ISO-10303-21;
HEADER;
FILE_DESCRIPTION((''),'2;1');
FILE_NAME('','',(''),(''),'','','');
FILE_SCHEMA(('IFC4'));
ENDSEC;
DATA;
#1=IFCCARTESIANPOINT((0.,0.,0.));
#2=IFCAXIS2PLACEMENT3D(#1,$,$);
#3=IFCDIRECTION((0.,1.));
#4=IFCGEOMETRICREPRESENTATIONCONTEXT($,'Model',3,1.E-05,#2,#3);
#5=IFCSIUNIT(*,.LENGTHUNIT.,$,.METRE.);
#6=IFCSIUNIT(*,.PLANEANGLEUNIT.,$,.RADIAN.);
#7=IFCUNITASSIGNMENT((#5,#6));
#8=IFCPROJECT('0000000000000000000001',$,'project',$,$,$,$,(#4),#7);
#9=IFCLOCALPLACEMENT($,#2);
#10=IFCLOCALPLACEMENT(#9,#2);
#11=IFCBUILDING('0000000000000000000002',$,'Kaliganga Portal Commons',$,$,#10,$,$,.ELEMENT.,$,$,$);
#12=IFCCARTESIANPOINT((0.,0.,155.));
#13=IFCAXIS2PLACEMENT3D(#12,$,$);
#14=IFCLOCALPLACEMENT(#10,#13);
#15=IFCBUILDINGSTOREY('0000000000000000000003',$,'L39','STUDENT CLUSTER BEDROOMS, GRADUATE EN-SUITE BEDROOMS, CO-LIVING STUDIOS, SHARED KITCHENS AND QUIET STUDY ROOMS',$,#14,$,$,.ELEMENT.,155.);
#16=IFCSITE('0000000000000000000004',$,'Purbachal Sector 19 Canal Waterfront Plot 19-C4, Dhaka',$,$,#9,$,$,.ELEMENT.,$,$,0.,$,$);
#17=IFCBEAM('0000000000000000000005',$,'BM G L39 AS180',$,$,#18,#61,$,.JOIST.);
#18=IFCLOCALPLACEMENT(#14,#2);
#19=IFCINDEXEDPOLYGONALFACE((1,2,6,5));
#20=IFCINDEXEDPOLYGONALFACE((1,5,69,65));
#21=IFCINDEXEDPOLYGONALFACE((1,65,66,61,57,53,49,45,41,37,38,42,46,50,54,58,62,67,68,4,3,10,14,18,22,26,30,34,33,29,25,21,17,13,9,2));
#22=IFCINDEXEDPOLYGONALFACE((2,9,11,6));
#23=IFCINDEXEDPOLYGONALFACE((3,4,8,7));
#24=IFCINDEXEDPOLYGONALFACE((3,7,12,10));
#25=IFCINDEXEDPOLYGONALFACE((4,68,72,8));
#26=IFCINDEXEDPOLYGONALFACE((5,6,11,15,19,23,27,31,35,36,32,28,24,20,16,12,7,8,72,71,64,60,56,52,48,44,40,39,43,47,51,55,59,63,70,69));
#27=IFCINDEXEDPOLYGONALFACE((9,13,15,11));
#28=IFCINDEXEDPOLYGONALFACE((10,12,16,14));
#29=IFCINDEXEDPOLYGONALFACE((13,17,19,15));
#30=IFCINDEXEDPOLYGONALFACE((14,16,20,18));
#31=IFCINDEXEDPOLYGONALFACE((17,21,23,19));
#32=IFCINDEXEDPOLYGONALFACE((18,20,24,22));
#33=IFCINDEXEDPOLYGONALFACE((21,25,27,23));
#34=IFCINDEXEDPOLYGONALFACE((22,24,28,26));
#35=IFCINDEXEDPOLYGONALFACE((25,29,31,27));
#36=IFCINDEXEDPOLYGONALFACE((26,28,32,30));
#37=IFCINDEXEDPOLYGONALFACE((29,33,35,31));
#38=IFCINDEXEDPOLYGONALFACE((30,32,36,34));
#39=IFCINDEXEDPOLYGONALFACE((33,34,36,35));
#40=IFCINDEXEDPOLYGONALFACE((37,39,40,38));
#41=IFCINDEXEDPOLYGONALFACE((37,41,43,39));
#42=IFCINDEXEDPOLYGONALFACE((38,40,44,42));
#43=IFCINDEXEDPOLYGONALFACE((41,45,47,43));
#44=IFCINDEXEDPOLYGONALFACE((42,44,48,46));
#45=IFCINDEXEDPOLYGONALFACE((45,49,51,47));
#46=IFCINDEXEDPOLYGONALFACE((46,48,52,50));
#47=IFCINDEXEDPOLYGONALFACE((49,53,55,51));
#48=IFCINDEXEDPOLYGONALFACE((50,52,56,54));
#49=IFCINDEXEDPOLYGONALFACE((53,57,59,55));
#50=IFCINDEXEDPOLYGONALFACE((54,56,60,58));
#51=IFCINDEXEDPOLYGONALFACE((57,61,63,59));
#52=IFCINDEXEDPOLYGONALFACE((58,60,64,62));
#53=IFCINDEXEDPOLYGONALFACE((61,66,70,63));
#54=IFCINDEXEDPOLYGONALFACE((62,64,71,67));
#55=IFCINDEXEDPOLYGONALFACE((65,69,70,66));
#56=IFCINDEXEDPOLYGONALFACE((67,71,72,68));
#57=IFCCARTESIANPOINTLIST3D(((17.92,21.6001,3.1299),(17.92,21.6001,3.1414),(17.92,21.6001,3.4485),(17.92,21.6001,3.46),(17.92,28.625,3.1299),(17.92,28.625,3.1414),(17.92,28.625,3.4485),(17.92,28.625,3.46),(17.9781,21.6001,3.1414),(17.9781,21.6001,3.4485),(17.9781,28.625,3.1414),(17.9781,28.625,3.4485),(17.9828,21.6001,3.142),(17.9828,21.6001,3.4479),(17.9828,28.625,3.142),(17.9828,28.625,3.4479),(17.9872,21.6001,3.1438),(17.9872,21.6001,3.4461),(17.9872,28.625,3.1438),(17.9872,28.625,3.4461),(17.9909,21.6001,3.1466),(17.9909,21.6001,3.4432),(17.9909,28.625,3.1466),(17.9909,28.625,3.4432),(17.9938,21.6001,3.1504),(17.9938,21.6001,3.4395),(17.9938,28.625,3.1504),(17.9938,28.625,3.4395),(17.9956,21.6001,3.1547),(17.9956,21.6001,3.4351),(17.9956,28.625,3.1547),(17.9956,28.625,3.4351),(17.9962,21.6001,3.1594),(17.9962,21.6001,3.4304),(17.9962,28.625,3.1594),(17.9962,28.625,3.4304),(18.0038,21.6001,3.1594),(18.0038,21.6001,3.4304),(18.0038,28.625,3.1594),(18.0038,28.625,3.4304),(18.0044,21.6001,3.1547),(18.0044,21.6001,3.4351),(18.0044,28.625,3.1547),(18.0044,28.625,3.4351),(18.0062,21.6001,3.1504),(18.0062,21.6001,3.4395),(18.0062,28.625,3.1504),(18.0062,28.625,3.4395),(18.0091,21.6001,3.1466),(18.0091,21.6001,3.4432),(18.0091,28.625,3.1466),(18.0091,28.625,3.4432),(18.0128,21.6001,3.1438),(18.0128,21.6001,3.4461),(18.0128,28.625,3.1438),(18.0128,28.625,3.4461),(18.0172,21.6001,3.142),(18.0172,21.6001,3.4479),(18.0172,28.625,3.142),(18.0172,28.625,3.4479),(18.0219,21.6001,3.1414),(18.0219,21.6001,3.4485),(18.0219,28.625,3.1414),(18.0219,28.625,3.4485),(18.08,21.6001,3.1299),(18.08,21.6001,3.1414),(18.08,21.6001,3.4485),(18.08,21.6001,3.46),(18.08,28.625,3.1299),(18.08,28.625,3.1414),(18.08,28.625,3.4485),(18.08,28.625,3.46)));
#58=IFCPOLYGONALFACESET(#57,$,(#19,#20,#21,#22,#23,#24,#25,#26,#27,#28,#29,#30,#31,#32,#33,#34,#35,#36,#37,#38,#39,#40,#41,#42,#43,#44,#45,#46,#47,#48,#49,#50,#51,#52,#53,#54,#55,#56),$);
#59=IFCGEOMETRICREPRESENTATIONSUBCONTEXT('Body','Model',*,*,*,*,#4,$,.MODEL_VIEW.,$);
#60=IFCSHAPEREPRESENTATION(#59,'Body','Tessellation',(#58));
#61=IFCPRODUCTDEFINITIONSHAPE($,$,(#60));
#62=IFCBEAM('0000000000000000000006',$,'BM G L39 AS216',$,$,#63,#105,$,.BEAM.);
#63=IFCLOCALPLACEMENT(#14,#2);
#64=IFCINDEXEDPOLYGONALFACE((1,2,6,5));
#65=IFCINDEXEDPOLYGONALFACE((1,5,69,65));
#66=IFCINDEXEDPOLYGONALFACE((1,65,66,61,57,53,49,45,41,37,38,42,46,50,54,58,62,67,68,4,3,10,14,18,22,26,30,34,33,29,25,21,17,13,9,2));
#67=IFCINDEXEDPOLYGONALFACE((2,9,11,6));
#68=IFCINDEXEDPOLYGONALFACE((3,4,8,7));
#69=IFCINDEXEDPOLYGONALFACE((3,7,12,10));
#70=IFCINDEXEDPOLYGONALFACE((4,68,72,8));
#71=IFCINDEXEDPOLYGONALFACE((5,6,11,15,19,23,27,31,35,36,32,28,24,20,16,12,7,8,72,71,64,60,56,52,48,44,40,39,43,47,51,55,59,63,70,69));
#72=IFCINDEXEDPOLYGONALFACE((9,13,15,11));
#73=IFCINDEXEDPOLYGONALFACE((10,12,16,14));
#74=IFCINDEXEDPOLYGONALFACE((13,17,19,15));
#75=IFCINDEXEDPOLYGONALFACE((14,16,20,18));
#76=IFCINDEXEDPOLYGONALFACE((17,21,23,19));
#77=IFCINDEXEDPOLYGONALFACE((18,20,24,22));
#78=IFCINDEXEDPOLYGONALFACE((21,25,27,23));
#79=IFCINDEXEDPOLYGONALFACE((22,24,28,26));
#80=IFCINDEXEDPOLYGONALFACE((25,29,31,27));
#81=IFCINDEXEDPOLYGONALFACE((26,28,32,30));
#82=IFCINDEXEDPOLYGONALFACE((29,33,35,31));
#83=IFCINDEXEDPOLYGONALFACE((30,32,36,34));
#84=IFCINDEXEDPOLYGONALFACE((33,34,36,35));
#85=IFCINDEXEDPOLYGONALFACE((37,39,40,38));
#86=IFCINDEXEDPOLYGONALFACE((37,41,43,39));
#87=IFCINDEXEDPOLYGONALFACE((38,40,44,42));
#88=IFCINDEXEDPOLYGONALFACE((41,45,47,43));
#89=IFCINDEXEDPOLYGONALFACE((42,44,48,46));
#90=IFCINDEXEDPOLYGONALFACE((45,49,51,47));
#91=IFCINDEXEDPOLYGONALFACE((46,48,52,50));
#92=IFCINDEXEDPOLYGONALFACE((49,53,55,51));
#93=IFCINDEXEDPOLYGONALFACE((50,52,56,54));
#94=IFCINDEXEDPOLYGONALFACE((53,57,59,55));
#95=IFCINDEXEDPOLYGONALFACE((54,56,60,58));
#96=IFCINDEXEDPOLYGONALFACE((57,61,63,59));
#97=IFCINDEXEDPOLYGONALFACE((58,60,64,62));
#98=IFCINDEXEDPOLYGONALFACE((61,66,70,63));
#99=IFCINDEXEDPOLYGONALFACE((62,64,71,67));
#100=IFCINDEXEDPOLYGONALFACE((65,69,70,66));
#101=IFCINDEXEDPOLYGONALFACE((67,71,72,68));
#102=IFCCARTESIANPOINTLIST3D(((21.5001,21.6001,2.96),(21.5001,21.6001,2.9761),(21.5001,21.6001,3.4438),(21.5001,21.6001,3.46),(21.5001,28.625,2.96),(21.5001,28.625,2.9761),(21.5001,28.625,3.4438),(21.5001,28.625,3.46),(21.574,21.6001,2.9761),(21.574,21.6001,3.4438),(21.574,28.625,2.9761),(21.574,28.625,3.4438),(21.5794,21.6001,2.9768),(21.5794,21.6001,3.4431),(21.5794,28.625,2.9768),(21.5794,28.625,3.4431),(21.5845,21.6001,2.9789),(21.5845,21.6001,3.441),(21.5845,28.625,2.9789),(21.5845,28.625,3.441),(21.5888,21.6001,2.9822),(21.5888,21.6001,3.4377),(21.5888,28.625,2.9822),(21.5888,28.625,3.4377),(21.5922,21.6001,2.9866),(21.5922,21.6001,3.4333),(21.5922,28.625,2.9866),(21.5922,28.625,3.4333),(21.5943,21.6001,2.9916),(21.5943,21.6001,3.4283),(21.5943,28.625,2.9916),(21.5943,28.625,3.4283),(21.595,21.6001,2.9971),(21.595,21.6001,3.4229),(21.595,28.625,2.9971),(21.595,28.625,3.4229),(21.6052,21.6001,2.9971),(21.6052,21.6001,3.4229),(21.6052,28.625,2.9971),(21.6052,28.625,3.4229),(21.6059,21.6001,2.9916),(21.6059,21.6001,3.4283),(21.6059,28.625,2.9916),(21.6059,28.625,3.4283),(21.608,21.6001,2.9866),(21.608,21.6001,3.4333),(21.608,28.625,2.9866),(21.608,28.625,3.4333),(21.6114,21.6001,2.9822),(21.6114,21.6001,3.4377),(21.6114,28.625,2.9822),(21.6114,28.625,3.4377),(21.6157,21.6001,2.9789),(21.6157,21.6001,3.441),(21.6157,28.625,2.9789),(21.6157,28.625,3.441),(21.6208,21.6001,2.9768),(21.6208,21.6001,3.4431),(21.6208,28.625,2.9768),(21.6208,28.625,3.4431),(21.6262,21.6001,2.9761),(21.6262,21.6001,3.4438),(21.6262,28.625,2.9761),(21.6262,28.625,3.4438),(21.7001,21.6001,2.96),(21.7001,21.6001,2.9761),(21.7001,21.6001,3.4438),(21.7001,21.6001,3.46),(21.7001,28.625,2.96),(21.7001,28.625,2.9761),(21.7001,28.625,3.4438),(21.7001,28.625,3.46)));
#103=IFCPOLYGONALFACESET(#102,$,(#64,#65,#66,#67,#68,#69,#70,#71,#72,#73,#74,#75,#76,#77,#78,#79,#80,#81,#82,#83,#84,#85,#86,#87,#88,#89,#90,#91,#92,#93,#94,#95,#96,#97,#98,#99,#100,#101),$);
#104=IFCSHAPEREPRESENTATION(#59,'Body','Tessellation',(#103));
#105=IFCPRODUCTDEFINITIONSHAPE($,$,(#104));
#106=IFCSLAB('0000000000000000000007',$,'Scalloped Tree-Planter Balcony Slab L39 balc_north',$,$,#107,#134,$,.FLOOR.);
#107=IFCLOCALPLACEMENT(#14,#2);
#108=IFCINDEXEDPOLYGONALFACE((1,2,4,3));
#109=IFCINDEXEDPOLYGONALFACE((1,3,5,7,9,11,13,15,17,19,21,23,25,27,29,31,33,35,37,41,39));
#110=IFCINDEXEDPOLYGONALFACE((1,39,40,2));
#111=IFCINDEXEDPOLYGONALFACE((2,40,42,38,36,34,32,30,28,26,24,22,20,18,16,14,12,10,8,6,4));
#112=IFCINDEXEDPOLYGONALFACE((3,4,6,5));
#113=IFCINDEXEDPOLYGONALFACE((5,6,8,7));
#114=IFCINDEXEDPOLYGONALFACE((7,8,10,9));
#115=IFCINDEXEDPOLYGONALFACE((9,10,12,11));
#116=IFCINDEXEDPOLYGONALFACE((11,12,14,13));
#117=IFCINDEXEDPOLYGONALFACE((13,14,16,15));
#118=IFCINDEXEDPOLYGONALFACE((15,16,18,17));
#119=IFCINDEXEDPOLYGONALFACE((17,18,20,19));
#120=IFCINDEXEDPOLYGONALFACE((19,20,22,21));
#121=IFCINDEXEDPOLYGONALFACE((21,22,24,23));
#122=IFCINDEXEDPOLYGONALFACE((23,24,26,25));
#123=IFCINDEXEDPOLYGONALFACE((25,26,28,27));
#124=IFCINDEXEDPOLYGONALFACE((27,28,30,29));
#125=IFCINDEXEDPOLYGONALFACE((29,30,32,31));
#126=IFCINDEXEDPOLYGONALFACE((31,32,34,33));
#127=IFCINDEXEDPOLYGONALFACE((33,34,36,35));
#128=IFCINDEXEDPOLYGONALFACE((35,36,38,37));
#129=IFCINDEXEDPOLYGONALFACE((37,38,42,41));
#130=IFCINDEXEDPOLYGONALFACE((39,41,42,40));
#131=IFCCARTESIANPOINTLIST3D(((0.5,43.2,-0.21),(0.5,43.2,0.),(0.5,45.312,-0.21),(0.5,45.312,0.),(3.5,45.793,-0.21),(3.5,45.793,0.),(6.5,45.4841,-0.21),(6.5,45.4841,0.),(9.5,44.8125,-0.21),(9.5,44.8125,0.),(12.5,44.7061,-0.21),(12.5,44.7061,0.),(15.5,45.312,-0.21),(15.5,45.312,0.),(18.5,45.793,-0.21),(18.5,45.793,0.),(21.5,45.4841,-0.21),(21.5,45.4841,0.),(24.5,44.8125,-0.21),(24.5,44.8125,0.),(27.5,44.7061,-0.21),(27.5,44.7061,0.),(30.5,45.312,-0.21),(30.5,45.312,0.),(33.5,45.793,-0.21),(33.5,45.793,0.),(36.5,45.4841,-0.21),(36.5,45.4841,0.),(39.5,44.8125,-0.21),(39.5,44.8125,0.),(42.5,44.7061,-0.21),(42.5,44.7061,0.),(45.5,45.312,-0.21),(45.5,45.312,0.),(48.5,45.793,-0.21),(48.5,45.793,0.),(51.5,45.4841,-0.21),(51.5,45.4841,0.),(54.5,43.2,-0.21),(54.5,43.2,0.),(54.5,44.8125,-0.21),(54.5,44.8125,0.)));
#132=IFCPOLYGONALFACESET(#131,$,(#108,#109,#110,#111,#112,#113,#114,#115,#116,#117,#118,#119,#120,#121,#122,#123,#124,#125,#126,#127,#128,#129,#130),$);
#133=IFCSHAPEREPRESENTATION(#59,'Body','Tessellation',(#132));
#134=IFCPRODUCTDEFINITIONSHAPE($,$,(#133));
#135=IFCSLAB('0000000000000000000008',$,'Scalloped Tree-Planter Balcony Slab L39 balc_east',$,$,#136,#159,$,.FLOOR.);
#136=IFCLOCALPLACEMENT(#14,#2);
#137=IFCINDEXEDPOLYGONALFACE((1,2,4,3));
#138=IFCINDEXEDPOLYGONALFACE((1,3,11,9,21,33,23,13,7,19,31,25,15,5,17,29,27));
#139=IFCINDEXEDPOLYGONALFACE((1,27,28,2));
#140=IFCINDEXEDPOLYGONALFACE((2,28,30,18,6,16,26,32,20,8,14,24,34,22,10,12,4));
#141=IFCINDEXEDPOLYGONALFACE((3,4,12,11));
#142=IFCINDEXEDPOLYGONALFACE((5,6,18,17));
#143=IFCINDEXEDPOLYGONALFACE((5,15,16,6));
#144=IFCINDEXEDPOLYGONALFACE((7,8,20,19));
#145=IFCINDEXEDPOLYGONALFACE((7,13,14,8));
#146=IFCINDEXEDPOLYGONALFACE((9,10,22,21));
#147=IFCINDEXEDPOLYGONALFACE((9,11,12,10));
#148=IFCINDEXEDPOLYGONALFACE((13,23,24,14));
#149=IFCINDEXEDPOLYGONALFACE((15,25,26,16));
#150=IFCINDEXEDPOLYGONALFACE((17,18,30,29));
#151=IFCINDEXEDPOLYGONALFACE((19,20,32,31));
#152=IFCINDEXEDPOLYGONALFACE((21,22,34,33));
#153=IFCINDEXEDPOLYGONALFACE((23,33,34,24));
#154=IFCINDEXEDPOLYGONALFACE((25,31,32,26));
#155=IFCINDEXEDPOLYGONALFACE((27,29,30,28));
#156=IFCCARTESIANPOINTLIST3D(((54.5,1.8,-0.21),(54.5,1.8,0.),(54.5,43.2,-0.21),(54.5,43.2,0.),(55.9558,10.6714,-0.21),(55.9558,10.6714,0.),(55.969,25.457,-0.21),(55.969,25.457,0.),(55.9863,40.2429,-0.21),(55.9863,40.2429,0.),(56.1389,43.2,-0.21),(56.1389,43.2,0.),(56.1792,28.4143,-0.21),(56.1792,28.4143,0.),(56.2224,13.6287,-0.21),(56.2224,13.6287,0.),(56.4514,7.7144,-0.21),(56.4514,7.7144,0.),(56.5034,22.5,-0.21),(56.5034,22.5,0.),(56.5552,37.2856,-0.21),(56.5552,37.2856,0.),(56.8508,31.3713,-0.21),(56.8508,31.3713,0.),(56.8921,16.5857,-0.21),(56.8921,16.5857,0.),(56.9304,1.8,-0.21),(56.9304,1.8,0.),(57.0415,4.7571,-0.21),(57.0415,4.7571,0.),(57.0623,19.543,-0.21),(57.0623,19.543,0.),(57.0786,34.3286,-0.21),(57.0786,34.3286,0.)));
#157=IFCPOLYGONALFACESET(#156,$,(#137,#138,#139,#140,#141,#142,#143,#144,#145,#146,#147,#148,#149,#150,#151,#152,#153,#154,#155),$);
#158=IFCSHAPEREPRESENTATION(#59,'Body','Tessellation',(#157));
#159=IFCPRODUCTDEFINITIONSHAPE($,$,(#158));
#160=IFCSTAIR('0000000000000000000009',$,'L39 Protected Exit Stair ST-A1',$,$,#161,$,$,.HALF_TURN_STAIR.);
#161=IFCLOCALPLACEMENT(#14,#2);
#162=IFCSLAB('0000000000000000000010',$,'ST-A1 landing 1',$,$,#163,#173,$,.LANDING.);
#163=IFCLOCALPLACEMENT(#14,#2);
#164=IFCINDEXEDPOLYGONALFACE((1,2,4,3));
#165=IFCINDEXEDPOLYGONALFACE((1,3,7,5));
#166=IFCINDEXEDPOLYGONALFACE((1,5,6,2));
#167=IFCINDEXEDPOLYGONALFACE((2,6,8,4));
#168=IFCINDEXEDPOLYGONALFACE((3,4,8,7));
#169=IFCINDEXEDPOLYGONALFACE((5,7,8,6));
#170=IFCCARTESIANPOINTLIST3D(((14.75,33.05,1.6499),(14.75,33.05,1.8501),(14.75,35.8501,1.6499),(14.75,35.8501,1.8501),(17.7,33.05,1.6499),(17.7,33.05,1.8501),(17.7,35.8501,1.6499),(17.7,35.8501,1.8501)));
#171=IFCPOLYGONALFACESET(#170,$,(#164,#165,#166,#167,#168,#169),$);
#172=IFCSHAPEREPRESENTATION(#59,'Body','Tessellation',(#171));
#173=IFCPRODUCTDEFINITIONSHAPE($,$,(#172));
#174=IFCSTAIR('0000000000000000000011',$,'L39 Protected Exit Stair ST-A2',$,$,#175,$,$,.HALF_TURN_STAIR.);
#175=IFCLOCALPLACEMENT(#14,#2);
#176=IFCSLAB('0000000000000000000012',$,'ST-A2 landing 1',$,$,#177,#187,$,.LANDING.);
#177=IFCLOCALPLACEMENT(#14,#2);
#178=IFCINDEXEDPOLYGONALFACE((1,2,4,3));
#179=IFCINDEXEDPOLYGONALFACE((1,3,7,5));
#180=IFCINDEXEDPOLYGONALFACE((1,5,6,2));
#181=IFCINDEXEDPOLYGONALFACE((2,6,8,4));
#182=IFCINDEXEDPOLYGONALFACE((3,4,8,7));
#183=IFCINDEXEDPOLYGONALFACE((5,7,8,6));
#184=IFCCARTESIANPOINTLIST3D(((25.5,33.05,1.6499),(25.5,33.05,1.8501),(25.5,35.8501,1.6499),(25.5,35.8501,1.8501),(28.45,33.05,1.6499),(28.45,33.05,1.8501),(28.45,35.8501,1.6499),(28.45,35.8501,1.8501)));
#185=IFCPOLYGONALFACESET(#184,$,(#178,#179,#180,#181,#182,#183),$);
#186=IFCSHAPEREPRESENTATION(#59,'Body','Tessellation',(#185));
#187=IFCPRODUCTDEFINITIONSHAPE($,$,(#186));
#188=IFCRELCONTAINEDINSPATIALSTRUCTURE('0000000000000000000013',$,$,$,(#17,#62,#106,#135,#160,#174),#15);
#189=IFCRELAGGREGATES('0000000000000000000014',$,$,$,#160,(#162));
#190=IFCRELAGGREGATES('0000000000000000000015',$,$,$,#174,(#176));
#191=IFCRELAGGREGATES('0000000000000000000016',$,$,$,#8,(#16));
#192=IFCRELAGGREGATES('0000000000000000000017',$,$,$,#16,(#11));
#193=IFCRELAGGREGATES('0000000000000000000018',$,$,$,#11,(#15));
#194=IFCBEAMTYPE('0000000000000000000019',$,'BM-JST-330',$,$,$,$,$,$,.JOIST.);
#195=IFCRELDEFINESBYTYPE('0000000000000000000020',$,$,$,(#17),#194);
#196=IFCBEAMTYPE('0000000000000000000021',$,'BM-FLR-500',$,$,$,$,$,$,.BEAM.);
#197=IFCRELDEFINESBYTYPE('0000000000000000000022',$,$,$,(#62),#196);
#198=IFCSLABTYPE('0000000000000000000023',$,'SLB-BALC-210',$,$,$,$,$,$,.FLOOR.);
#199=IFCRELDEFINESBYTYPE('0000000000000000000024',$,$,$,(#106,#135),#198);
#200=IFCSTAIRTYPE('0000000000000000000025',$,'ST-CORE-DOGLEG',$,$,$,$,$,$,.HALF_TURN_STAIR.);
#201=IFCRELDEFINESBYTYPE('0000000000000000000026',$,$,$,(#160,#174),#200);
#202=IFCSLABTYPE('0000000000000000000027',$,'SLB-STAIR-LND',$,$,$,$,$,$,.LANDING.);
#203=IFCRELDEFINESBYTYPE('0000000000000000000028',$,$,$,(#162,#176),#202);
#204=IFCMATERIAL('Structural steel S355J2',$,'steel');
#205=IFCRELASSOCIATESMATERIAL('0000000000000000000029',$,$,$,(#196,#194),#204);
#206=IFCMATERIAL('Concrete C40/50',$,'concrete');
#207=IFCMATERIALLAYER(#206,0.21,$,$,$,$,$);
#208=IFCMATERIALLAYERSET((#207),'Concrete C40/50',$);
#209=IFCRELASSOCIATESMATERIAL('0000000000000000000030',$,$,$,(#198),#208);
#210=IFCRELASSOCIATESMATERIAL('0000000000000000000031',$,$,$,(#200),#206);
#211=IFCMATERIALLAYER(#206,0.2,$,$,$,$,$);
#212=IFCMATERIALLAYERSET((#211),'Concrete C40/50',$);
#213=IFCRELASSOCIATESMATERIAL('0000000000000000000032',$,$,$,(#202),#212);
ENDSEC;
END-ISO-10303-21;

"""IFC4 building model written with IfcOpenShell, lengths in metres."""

from ifc_helpers import new_model, si_unit, direction, frame, origin, origin_2d, place, context, subcontext, project, spatial, polyline, i_section, outline, extrude, source, transform, mapped, material, layer, layer_set, material_profile, profile_set, type_object, element, aggregate, save


model = new_model("IFC4")

# Units and contexts
model_context = context("Model", 3, precision=1e-05, world=origin(), true_north=direction((0.0, 1.0)))
body_context = subcontext(model_context, "Body", "Model", "MODEL_VIEW")
ifc_project = project(units=[si_unit("LENGTHUNIT", "METRE"), si_unit("PLANEANGLEUNIT", "RADIAN")], contexts=[model_context])

# Site, building, storey
site_placement = place(None, origin())
site = spatial("IfcSite", under=ifc_project, at=site_placement, Name="Purbachal Sector 19 Canal Waterfront Plot 19-C4, Dhaka", CompositionType="ELEMENT", RefElevation=0.0)
building_placement = place(site_placement, origin())
building = spatial("IfcBuilding", under=site, at=building_placement, Name="Kaliganga Portal Commons", CompositionType="ELEMENT")
storey_placement = place(building_placement, frame((0.0, 0.0, 155.0)))
storey = spatial("IfcBuildingStorey", under=building, at=storey_placement, Name="L39", Description="STUDENT CLUSTER BEDROOMS, GRADUATE EN-SUITE BEDROOMS, CO-LIVING STUDIOS, SHARED KITCHENS AND QUIET STUDY ROOMS", CompositionType="ELEMENT", Elevation=155.0)

# Beams
ifc_material_1 = material(Name="Structural steel S355J2", Category="steel")
ifc_material_profile_1 = material_profile(ifc_material_1, i_section(OverallWidth=0.2, OverallDepth=0.5, WebThickness=0.0103, FlangeThickness=0.0161, FilletRadius=0.021, at=origin_2d()), Name="IPE 500")
ifc_profile_set_1 = profile_set([ifc_material_profile_1], Name="Structural steel S355J2 wide-flange")
beam_type_1 = type_object("IfcBeamType", Name="BM-FLR-500", PredefinedType="BEAM", material=ifc_profile_set_1)
ifc_material_profile_2 = material_profile(ifc_material_1, i_section(OverallWidth=0.1599, OverallDepth=0.3301, WebThickness=0.0076, FlangeThickness=0.0115, FilletRadius=0.0181, at=origin_2d()), Name="IPE 330")
ifc_profile_set_2 = profile_set([ifc_material_profile_2], Name="Structural steel S355J2 wide-flange")
beam_type_2 = type_object("IfcBeamType", Name="BM-JST-330", PredefinedType="JOIST", material=ifc_profile_set_2)
shared_shape_1 = source(origin(), body_context, "Body", "SweptSolid", [
    extrude(i_section(OverallWidth=0.1599, OverallDepth=0.3301, WebThickness=0.0076, FlangeThickness=0.0115, FilletRadius=0.0181, at=origin_2d()), origin(), (0.0, 0.0, 1.0), 7.0249),
])
beam_1_placement = place(storey_placement, frame((18.0, 21.6001, 3.2949), z_axis=(0.0, 1.0, 0.0), x_axis=(-1.0, 0.0, 0.0)))
element("IfcBeam", 1, at=beam_1_placement, inside=storey, type_object=beam_type_2, Name="BM G L39 AS180", PredefinedType="JOIST", context=body_context, shape_type="MappedRepresentation", body=[
    mapped(shared_shape_1, transform((0.0, 0.0, 0.0), x_axis=(1.0, 0.0, 0.0), y_axis=(0.0, 1.0, 0.0), z_axis=(0.0, 0.0, 1.0), scale=1.0)),
])
shared_shape_2 = source(origin(), body_context, "Body", "SweptSolid", [
    extrude(i_section(OverallWidth=0.2, OverallDepth=0.5, WebThickness=0.0103, FlangeThickness=0.0161, FilletRadius=0.021, at=origin_2d()), origin(), (0.0, 0.0, 1.0), 7.0249),
])
beam_2_placement = place(storey_placement, frame((21.6001, 21.6001, 3.21), z_axis=(0.0, 1.0, 0.0), x_axis=(-1.0, 0.0, 0.0)))
element("IfcBeam", 2, at=beam_2_placement, inside=storey, type_object=beam_type_1, Name="BM G L39 AS216", PredefinedType="BEAM", context=body_context, shape_type="MappedRepresentation", body=[
    mapped(shared_shape_2, transform((0.0, 0.0, 0.0), x_axis=(1.0, 0.0, 0.0), y_axis=(0.0, 1.0, 0.0), z_axis=(0.0, 0.0, 1.0), scale=1.0)),
])

# Slabs
ifc_material_2 = material(Name="Concrete C40/50", Category="concrete")
ifc_layer_1 = layer(ifc_material_2, 0.21)
ifc_layer_set_1 = layer_set([ifc_layer_1], Name="Concrete C40/50")
slab_type_1 = type_object("IfcSlabType", Name="SLB-BALC-210", PredefinedType="FLOOR", material=ifc_layer_set_1)
slab_1_placement = place(storey_placement, frame((0.0, 0.0, -0.21)))
element("IfcSlab", 3, at=slab_1_placement, inside=storey, type_object=slab_type_1, Name="Scalloped Tree-Planter Balcony Slab L39 balc_north", PredefinedType="FLOOR", context=body_context, shape_type="SweptSolid", body=[
    extrude(outline(polyline([(54.5, 43.2), (54.5, 44.8125), (51.5, 45.4841), (48.5, 45.793), (45.5, 45.312), (42.5, 44.7061), (39.5, 44.8125), (36.5, 45.4841), (33.5, 45.793), (30.5, 45.312), (27.5, 44.7061), (24.5, 44.8125), (21.5, 45.4841), (18.5, 45.793), (15.5, 45.312), (12.5, 44.7061), (9.5, 44.8125), (6.5, 45.4841), (3.5, 45.793), (0.5, 45.312), (0.5, 43.2), (54.5, 43.2)])), origin(), (0.0, 0.0, 1.0), 0.21),
])
slab_2_placement = place(storey_placement, frame((0.0, 0.0, -0.21)))
element("IfcSlab", 4, at=slab_2_placement, inside=storey, type_object=slab_type_1, Name="Scalloped Tree-Planter Balcony Slab L39 balc_east", PredefinedType="FLOOR", context=body_context, shape_type="SweptSolid", body=[
    extrude(outline(polyline([(54.5, 1.8), (56.9304, 1.8), (57.0415, 4.7571), (56.4514, 7.7144), (55.9558, 10.6714), (56.2224, 13.6287), (56.8921, 16.5857), (57.0623, 19.543), (56.5034, 22.5), (55.969, 25.457), (56.1792, 28.4143), (56.8508, 31.3713), (57.0786, 34.3286), (56.5552, 37.2856), (55.9863, 40.2429), (56.1389, 43.2), (54.5, 43.2), (54.5, 1.8)])), origin(), (0.0, 0.0, 1.0), 0.21),
])

# Stairs, slabs
stair_type = type_object("IfcStairType", Name="ST-CORE-DOGLEG", PredefinedType="HALF_TURN_STAIR", material=ifc_material_2)
stair_1_placement = place(storey_placement, origin())
stair_1 = element("IfcStair", 5, at=stair_1_placement, inside=storey, type_object=stair_type, Name="L39 Protected Exit Stair ST-A1", PredefinedType="HALF_TURN_STAIR")
ifc_layer_2 = layer(ifc_material_2, 0.2)
ifc_layer_set_2 = layer_set([ifc_layer_2], Name="Concrete C40/50")
slab_type_2 = type_object("IfcSlabType", Name="SLB-STAIR-LND", PredefinedType="LANDING", material=ifc_layer_set_2)
slab_3_placement = place(storey_placement, frame((0.0, 0.0, 1.6499)))
slab_3 = element("IfcSlab", 6, at=slab_3_placement, type_object=slab_type_2, Name="ST-A1 landing 1", PredefinedType="LANDING", context=body_context, shape_type="SweptSolid", body=[
    extrude(outline(polyline([(17.7, 33.05), (17.7, 35.8501), (14.75, 35.8501), (14.75, 33.05), (17.7, 33.05)])), origin(), (0.0, 0.0, 1.0), 0.2002),
])
aggregate(stair_1, [slab_3])
stair_2_placement = place(storey_placement, origin())
stair_2 = element("IfcStair", 7, at=stair_2_placement, inside=storey, type_object=stair_type, Name="L39 Protected Exit Stair ST-A2", PredefinedType="HALF_TURN_STAIR")
slab_4_placement = place(storey_placement, frame((0.0, 0.0, 1.6499)))
slab_4 = element("IfcSlab", 8, at=slab_4_placement, type_object=slab_type_2, Name="ST-A2 landing 1", PredefinedType="LANDING", context=body_context, shape_type="SweptSolid", body=[
    extrude(outline(polyline([(28.45, 33.05), (28.45, 35.8501), (25.5, 35.8501), (25.5, 33.05), (28.45, 33.05)])), origin(), (0.0, 0.0, 1.0), 0.2002),
])
aggregate(stair_2, [slab_4])

save(model, "model.ifc")
